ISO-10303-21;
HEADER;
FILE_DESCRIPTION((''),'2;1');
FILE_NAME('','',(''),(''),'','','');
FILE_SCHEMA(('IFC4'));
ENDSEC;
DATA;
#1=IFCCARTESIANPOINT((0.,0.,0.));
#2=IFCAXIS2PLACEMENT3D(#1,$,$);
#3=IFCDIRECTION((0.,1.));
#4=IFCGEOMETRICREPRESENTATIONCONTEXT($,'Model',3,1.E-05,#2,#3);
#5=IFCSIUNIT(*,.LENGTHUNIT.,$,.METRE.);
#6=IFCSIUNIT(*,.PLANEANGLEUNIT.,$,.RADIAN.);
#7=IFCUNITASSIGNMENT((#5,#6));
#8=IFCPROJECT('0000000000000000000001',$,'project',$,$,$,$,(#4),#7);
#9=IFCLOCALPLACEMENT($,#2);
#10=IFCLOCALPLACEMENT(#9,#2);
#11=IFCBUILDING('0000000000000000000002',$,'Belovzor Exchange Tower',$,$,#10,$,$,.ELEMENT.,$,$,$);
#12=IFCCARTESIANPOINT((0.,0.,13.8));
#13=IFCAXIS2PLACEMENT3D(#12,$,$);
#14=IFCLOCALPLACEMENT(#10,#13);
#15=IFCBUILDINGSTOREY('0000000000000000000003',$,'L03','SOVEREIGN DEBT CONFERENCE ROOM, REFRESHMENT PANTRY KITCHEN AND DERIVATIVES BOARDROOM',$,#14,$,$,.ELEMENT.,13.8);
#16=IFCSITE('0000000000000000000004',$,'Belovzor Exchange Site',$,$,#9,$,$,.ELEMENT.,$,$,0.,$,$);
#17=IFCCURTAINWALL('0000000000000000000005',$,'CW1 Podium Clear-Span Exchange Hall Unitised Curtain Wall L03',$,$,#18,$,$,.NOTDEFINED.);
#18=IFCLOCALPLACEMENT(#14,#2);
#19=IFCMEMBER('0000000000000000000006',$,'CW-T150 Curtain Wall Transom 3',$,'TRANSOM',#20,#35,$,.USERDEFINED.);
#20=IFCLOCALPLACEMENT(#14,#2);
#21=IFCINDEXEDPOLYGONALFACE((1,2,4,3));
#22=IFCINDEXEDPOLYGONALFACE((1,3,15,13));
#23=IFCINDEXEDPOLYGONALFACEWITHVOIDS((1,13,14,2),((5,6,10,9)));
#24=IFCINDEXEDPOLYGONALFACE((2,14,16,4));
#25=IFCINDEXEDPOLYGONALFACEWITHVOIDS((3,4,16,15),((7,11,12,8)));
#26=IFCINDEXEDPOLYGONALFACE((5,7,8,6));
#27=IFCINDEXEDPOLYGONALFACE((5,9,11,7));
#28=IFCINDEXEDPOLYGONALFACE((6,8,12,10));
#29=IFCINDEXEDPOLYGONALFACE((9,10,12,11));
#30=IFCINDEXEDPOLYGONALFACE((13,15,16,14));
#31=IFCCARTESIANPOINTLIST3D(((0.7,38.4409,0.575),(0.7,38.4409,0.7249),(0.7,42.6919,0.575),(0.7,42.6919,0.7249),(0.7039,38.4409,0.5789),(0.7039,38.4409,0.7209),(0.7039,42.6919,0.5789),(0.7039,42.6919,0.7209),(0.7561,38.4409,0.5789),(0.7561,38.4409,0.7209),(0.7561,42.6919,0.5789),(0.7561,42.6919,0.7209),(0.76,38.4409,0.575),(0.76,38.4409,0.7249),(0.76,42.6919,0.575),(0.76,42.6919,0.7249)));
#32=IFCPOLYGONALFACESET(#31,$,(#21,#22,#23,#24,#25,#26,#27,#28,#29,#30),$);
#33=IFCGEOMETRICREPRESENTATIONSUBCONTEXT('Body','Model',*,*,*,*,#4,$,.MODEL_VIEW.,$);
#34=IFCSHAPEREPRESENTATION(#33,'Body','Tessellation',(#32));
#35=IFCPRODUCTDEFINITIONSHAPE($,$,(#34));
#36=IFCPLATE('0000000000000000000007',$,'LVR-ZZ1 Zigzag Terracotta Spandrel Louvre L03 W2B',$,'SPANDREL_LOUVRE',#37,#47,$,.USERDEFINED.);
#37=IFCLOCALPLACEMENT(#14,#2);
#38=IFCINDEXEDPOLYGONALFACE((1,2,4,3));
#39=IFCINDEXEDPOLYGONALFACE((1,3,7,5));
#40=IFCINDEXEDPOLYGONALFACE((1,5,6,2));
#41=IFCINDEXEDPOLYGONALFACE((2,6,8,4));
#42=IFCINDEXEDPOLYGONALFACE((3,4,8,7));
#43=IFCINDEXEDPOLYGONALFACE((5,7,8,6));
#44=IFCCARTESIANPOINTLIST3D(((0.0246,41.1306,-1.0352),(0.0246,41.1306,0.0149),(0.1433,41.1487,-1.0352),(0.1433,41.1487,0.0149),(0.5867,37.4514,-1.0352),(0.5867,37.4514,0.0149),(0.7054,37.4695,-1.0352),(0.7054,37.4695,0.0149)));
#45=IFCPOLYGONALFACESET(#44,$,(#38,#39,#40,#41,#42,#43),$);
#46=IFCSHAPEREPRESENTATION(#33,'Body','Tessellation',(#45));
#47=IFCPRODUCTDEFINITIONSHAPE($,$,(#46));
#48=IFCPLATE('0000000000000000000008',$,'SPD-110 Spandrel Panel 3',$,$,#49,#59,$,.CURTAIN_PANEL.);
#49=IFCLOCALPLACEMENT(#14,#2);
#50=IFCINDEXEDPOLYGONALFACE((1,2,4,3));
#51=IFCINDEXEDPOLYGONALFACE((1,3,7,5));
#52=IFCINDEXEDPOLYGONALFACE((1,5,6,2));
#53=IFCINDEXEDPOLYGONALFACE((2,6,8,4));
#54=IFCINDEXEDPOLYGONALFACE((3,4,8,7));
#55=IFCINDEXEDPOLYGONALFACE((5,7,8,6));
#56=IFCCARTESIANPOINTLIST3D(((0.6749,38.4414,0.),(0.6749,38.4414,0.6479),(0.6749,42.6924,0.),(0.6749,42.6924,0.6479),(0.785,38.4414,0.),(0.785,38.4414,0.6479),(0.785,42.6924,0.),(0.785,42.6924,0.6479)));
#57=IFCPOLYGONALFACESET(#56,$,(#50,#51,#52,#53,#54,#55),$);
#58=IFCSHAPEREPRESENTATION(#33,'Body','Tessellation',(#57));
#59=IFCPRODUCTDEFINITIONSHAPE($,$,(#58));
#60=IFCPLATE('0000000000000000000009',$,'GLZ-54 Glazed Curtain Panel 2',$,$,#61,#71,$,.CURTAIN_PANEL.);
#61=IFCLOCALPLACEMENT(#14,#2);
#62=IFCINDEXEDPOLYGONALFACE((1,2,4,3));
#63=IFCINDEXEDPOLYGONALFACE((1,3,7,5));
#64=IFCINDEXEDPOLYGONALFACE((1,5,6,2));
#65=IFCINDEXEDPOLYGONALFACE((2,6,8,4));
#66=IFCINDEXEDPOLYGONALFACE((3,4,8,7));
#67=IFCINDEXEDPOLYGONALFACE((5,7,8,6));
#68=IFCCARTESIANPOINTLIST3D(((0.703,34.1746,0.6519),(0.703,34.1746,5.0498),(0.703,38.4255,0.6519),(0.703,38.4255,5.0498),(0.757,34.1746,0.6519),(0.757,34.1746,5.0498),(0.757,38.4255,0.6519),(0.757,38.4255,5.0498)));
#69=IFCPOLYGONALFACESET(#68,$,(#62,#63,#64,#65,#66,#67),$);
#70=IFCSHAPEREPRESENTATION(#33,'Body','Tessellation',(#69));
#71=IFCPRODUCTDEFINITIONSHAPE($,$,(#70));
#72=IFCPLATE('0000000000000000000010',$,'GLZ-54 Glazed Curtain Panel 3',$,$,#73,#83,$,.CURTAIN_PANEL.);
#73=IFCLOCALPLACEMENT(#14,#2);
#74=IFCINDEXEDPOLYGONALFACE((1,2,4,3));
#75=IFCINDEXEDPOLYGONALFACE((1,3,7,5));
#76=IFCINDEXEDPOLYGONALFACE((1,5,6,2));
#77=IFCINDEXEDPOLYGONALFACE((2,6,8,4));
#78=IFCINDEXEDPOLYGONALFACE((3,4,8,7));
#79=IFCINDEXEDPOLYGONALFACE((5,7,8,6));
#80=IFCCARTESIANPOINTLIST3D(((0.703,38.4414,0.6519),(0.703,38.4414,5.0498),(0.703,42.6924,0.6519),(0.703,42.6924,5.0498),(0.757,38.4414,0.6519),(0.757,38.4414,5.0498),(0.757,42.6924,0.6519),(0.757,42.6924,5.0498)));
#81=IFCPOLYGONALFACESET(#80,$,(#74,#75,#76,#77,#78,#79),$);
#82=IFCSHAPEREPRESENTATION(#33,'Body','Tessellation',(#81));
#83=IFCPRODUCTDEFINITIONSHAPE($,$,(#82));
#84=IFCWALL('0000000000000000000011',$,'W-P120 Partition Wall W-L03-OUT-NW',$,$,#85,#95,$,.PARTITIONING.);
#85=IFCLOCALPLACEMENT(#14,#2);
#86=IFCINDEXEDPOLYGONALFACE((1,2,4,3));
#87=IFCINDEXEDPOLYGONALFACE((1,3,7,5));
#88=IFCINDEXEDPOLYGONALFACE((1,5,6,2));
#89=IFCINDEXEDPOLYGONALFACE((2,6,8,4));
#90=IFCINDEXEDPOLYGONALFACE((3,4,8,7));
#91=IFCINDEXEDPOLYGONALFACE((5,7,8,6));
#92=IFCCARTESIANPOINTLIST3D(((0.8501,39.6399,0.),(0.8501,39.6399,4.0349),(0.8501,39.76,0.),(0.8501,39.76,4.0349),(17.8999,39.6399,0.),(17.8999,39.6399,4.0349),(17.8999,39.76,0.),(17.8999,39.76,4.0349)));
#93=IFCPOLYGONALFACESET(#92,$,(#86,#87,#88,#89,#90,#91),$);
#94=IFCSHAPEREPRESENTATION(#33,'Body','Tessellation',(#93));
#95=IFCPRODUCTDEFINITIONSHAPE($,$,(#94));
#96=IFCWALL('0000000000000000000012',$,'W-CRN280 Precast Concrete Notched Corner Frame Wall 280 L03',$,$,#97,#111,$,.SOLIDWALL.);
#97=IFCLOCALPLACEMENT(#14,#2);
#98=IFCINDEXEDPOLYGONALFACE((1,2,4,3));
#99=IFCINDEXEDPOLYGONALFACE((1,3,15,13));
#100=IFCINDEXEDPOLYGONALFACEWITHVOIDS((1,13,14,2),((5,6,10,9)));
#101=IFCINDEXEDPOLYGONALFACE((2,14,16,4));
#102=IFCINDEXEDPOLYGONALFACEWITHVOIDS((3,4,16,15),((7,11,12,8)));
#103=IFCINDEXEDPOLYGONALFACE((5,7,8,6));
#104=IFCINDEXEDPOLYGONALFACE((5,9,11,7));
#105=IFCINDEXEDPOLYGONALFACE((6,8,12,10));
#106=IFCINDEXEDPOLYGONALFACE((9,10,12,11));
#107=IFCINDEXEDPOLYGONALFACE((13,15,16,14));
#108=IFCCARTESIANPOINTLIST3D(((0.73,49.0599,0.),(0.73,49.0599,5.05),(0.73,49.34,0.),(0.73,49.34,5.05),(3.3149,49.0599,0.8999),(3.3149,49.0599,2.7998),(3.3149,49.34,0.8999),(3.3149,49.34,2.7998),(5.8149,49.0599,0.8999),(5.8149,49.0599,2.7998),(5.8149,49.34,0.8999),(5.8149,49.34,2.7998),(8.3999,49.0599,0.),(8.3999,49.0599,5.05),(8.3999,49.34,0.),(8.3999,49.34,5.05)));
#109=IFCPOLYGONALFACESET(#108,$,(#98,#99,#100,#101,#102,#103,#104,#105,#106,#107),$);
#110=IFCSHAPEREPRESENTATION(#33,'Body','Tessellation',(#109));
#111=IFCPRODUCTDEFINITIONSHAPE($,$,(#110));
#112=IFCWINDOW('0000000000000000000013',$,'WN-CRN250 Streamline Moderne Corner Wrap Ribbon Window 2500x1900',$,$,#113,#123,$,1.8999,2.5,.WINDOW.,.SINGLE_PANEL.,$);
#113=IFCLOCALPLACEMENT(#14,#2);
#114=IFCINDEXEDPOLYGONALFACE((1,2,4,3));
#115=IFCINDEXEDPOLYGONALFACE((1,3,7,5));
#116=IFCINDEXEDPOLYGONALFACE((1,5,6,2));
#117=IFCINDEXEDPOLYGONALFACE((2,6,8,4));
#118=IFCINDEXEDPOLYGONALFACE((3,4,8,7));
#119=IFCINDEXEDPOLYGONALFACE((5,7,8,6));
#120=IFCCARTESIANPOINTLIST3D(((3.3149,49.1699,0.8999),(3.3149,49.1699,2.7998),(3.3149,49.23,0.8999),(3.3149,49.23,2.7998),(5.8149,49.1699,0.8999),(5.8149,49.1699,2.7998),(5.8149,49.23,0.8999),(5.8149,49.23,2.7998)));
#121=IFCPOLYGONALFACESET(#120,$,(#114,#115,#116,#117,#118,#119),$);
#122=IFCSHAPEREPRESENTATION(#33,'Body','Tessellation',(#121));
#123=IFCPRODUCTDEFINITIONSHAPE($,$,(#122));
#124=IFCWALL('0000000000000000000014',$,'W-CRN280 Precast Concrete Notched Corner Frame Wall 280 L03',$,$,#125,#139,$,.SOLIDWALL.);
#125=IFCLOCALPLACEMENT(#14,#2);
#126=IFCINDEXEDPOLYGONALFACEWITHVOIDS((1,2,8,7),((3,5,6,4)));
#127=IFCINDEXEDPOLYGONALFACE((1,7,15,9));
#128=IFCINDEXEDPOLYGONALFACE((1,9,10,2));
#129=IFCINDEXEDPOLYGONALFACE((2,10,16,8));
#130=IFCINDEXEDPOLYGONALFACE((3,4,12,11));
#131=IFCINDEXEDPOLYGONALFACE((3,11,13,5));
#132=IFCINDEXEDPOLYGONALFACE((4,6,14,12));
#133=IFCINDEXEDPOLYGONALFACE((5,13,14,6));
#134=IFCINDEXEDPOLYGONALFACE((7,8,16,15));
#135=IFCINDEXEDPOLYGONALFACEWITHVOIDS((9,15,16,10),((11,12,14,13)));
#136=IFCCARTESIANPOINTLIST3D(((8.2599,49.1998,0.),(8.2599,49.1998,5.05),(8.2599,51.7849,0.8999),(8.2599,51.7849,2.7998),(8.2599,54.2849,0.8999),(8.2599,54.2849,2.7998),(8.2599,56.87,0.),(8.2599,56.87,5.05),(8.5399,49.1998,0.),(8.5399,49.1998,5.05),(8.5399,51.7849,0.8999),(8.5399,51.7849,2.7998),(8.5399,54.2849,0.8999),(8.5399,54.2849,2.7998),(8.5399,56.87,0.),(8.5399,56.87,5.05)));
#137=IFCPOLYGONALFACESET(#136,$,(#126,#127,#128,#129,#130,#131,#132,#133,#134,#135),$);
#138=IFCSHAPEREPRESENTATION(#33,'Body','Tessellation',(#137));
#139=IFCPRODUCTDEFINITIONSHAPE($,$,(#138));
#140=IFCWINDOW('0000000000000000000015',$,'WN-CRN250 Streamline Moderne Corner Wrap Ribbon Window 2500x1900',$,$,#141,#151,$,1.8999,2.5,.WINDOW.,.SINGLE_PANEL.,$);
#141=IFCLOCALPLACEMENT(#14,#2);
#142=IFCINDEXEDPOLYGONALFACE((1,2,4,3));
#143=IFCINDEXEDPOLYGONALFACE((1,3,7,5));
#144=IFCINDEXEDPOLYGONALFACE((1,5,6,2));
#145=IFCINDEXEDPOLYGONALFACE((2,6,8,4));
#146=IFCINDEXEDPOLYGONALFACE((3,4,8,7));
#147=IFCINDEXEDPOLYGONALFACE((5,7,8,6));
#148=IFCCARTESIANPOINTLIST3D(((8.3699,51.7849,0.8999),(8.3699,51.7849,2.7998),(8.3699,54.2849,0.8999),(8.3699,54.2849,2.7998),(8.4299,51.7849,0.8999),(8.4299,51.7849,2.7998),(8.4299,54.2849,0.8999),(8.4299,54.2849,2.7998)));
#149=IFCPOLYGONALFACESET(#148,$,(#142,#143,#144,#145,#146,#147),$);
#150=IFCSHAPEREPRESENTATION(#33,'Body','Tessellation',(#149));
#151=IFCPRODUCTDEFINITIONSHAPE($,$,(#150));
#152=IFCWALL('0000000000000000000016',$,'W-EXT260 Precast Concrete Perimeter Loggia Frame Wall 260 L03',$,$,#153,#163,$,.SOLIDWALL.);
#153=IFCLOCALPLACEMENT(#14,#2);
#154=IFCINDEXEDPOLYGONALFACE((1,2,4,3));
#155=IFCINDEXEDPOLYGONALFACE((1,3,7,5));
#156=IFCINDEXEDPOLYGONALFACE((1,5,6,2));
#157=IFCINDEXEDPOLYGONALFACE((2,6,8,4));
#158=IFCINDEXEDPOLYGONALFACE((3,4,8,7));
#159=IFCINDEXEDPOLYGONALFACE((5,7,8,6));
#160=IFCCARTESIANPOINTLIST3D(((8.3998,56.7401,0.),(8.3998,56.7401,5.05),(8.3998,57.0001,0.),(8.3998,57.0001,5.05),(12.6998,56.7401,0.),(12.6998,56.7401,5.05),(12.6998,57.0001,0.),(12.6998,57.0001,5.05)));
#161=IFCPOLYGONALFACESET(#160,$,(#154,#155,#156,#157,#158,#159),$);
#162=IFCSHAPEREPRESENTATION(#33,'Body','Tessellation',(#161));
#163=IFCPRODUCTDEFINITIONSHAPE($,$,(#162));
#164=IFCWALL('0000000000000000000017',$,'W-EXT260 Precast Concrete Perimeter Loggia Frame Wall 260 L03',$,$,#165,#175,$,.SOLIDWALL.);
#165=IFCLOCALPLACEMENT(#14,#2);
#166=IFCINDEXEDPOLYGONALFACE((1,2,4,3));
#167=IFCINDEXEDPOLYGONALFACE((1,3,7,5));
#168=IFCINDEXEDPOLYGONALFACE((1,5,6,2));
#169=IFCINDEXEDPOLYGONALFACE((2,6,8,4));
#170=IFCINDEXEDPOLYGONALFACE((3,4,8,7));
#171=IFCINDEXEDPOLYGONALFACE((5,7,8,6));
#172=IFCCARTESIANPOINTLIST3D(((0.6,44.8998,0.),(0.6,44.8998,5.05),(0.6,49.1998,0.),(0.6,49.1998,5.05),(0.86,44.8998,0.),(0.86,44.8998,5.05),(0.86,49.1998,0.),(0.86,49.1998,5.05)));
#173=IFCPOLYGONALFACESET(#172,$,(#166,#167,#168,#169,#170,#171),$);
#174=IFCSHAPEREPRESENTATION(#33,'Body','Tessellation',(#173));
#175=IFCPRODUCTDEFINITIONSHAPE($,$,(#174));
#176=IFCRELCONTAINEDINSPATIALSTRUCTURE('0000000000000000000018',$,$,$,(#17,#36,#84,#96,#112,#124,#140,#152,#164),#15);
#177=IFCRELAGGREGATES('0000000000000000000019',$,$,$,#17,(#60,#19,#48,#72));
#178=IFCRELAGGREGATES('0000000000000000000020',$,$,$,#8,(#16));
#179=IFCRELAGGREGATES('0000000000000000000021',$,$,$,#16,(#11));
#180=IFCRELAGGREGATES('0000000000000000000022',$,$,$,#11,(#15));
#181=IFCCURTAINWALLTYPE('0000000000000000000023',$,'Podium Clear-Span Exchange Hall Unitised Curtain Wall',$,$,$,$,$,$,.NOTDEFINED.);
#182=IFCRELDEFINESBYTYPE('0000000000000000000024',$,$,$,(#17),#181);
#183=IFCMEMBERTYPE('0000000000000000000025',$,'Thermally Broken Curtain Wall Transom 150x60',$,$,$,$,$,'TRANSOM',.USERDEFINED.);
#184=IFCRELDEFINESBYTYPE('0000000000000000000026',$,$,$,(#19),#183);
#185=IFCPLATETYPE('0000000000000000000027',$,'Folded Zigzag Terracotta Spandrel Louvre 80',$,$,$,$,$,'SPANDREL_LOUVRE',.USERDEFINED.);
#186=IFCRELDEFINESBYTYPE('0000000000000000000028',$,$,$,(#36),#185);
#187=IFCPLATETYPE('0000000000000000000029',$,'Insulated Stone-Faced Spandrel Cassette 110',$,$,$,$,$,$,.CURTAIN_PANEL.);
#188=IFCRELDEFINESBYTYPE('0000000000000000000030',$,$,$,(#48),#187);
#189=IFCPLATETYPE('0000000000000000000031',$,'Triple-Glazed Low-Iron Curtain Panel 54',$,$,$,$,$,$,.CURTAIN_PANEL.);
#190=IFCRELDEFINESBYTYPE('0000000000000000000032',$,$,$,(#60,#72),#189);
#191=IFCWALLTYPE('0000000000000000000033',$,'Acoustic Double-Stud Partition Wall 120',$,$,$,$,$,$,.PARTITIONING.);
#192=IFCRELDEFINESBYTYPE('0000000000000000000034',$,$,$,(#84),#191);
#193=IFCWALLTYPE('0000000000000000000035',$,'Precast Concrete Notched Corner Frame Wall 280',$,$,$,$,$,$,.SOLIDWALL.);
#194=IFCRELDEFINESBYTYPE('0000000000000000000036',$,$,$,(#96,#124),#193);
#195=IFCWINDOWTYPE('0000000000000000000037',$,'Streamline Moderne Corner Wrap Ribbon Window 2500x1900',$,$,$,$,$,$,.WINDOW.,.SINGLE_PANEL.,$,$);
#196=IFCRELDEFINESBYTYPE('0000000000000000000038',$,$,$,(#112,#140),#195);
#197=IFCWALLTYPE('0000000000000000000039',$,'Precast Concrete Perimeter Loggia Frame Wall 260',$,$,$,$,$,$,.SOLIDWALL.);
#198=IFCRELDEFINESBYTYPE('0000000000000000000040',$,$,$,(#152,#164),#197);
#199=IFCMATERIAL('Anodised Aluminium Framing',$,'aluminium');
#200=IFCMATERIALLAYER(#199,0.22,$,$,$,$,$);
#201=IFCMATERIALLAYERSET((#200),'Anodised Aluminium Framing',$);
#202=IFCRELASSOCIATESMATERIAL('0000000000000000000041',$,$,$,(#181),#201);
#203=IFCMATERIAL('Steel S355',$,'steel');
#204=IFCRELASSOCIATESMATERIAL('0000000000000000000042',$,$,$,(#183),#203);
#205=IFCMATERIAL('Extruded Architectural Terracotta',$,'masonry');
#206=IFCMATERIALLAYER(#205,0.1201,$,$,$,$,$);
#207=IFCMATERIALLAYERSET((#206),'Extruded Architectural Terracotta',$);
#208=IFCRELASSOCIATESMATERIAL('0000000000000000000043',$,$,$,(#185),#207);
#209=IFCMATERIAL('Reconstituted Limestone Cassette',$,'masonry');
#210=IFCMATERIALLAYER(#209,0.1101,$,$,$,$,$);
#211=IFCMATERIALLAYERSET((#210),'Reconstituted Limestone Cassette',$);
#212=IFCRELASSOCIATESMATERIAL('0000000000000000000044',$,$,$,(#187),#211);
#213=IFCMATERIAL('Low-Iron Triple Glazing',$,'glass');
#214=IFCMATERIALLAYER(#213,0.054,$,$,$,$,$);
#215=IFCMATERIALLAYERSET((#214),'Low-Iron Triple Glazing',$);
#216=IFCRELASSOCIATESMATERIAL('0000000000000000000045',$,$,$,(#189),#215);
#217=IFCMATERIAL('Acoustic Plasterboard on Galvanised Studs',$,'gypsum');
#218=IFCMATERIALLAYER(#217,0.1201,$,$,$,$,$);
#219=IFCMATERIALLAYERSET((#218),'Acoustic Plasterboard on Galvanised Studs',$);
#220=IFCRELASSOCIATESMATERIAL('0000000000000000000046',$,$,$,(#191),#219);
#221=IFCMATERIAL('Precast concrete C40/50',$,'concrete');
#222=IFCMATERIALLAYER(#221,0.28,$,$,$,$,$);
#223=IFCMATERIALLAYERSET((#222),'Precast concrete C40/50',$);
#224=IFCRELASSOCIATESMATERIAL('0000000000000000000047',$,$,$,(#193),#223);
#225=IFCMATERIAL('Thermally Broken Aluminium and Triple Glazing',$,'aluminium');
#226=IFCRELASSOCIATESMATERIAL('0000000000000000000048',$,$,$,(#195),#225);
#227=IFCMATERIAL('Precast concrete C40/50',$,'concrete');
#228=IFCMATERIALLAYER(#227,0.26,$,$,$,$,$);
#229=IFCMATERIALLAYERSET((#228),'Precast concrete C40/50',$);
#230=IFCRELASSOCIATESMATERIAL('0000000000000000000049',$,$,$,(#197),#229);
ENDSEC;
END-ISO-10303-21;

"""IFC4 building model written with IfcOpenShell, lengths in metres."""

from ifc_helpers import new_model, si_unit, direction, frame, frame_2d, origin, origin_2d, place, context, subcontext, project, spatial, rectangle, hollow_rectangle, extrude, material, layer, layer_set, material_profile, profile_set, type_object, element, fill, aggregate, save


model = new_model("IFC4")

# Units and contexts
model_context = context("Model", 3, precision=1e-05, world=origin(), true_north=direction((0.0, 1.0)))
body_context = subcontext(model_context, "Body", "Model", "MODEL_VIEW")
ifc_project = project(units=[si_unit("LENGTHUNIT", "METRE"), si_unit("PLANEANGLEUNIT", "RADIAN")], contexts=[model_context])

# Site, building, storey
site_placement = place(None, origin())
site = spatial("IfcSite", under=ifc_project, at=site_placement, Name="Belovzor Exchange Site", CompositionType="ELEMENT", RefElevation=0.0)
building_placement = place(site_placement, origin())
building = spatial("IfcBuilding", under=site, at=building_placement, Name="Belovzor Exchange Tower", CompositionType="ELEMENT")
storey_placement = place(building_placement, frame((0.0, 0.0, 13.8)))
storey = spatial("IfcBuildingStorey", under=building, at=storey_placement, Name="L03", Description="SOVEREIGN DEBT CONFERENCE ROOM, REFRESHMENT PANTRY KITCHEN AND DERIVATIVES BOARDROOM", CompositionType="ELEMENT", Elevation=13.8)

# Shared definitions
ifc_material_1 = material(Name="Anodised Aluminium Framing", Category="aluminium")
ifc_layer_1 = layer(ifc_material_1, 0.22)
ifc_layer_set_1 = layer_set([ifc_layer_1], Name="Anodised Aluminium Framing")
curtain_wall_type = type_object("IfcCurtainWallType", Name="Podium Clear-Span Exchange Hall Unitised Curtain Wall", PredefinedType="NOTDEFINED", material=ifc_layer_set_1)

# Curtain wall
curtain_wall_1_placement = place(storey_placement, origin())
curtain_wall_1 = element("IfcCurtainWall", 1, at=curtain_wall_1_placement, inside=storey, type_object=curtain_wall_type, Name="CW1 Podium Clear-Span Exchange Hall Unitised Curtain Wall L03", PredefinedType="NOTDEFINED")

# Member
ifc_material_2 = material(Name="Steel S355", Category="steel")
ifc_material_profile_1 = material_profile(ifc_material_2, hollow_rectangle(XDim=0.0601, YDim=0.1499, WallThickness=0.0039, at=origin_2d()))
ifc_profile_set_1 = profile_set([ifc_material_profile_1], Name="Steel S355")
member_type_1 = type_object("IfcMemberType", Name="Thermally Broken Curtain Wall Transom 150x60", ElementType="TRANSOM", PredefinedType="USERDEFINED", material=ifc_profile_set_1)
member_1_placement = place(storey_placement, frame((0.73, 38.4409, 0.6499), z_axis=(0.0, 1.0, 0.0), x_axis=(-1.0, 0.0, 0.0)))
member_1 = element("IfcMember", 2, at=member_1_placement, type_object=member_type_1, Name="CW-T150 Curtain Wall Transom 3", ObjectType="TRANSOM", PredefinedType="USERDEFINED", context=body_context, shape_type="SweptSolid", body=[
    extrude(hollow_rectangle(XDim=0.0601, YDim=0.1499, WallThickness=0.0039, at=origin_2d()), origin(), (0.0, 0.0, 1.0), 4.251),
])

# Plates
ifc_material_3 = material(Name="Extruded Architectural Terracotta", Category="masonry")
ifc_layer_2 = layer(ifc_material_3, 0.1201)
ifc_layer_set_2 = layer_set([ifc_layer_2], Name="Extruded Architectural Terracotta")
plate_type_1 = type_object("IfcPlateType", Name="Folded Zigzag Terracotta Spandrel Louvre 80", ElementType="SPANDREL_LOUVRE", PredefinedType="USERDEFINED", material=ifc_layer_set_2)
plate_1_placement = place(storey_placement, frame((0.365, 39.3, -1.0352), z_axis=(0.0, 0.0, 1.0), x_axis=(-0.151019, 0.988531, 0.0)))
element("IfcPlate", 3, at=plate_1_placement, inside=storey, type_object=plate_type_1, Name="LVR-ZZ1 Zigzag Terracotta Spandrel Louvre L03 W2B", ObjectType="SPANDREL_LOUVRE", PredefinedType="USERDEFINED", context=body_context, shape_type="SweptSolid", body=[
    extrude(rectangle(XDim=3.7219, YDim=0.1201, at=origin_2d()), origin(), (0.0, 0.0, 1.0), 1.05),
])
ifc_material_4 = material(Name="Reconstituted Limestone Cassette", Category="masonry")
ifc_layer_3 = layer(ifc_material_4, 0.1101)
ifc_layer_set_3 = layer_set([ifc_layer_3], Name="Reconstituted Limestone Cassette")
plate_type_2 = type_object("IfcPlateType", Name="Insulated Stone-Faced Spandrel Cassette 110", PredefinedType="CURTAIN_PANEL", material=ifc_layer_set_3)
plate_2_placement = place(storey_placement, frame((0.73, 40.5669, 0.0), z_axis=(0.0, 0.0, 1.0), x_axis=(0.0, 1.0, 0.0)))
plate_2 = element("IfcPlate", 4, at=plate_2_placement, type_object=plate_type_2, Name="SPD-110 Spandrel Panel 3", PredefinedType="CURTAIN_PANEL", context=body_context, shape_type="SweptSolid", body=[
    extrude(rectangle(XDim=4.251, YDim=0.1101, at=origin_2d()), origin(), (0.0, 0.0, 1.0), 0.6479),
])
ifc_material_5 = material(Name="Low-Iron Triple Glazing", Category="glass")
ifc_layer_4 = layer(ifc_material_5, 0.054)
ifc_layer_set_4 = layer_set([ifc_layer_4], Name="Low-Iron Triple Glazing")
plate_type_3 = type_object("IfcPlateType", Name="Triple-Glazed Low-Iron Curtain Panel 54", PredefinedType="CURTAIN_PANEL", material=ifc_layer_set_4)
plate_3_placement = place(storey_placement, frame((0.73, 36.3, 0.6519), z_axis=(0.0, 0.0, 1.0), x_axis=(0.0, 1.0, 0.0)))
plate_3 = element("IfcPlate", 5, at=plate_3_placement, type_object=plate_type_3, Name="GLZ-54 Glazed Curtain Panel 2", PredefinedType="CURTAIN_PANEL", context=body_context, shape_type="SweptSolid", body=[
    extrude(rectangle(XDim=4.251, YDim=0.054, at=origin_2d()), origin(), (0.0, 0.0, 1.0), 4.3979),
])
plate_4_placement = place(storey_placement, frame((0.73, 40.5669, 0.6519), z_axis=(0.0, 0.0, 1.0), x_axis=(0.0, 1.0, 0.0)))
plate_4 = element("IfcPlate", 6, at=plate_4_placement, type_object=plate_type_3, Name="GLZ-54 Glazed Curtain Panel 3", PredefinedType="CURTAIN_PANEL", context=body_context, shape_type="SweptSolid", body=[
    extrude(rectangle(XDim=4.251, YDim=0.054, at=origin_2d()), origin(), (0.0, 0.0, 1.0), 4.3979),
])
aggregate(curtain_wall_1, [plate_3, member_1, plate_2, plate_4])

# Wall
ifc_material_6 = material(Name="Acoustic Plasterboard on Galvanised Studs", Category="gypsum")
ifc_layer_5 = layer(ifc_material_6, 0.1201)
ifc_layer_set_5 = layer_set([ifc_layer_5], Name="Acoustic Plasterboard on Galvanised Studs")
wall_type_1 = type_object("IfcWallType", Name="Acoustic Double-Stud Partition Wall 120", PredefinedType="PARTITIONING", material=ifc_layer_set_5)
wall_1_placement = place(storey_placement, frame((0.8501, 39.7, 0.0), z_axis=(0.0, 0.0, 1.0), x_axis=(1.0, 0.0, 0.0)))
element("IfcWall", 7, at=wall_1_placement, inside=storey, type_object=wall_type_1, Name="W-P120 Partition Wall W-L03-OUT-NW", PredefinedType="PARTITIONING", context=body_context, shape_type="SweptSolid", body=[
    extrude(rectangle(XDim=17.0498, YDim=0.1201, at=frame_2d((8.5249, 0.0))), origin(), (0.0, 0.0, 1.0), 4.0349),
])

# Walls, openings, windows
ifc_material_7 = material(Name="Precast concrete C40/50", Category="concrete")
ifc_layer_6 = layer(ifc_material_7, 0.28)
ifc_layer_set_6 = layer_set([ifc_layer_6], Name="Precast concrete C40/50")
wall_type_2 = type_object("IfcWallType", Name="Precast Concrete Notched Corner Frame Wall 280", PredefinedType="SOLIDWALL", material=ifc_layer_set_6)
wall_2_placement = place(storey_placement, frame((0.73, 49.2, 0.0), z_axis=(0.0, 0.0, 1.0), x_axis=(1.0, 0.0, 0.0)))
wall_2 = element("IfcWall", 8, at=wall_2_placement, inside=storey, type_object=wall_type_2, Name="W-CRN280 Precast Concrete Notched Corner Frame Wall 280 L03", PredefinedType="SOLIDWALL", context=body_context, shape_type="SweptSolid", body=[
    extrude(rectangle(XDim=7.6699, YDim=0.28, at=frame_2d((3.835, 0.0))), origin(), (0.0, 0.0, 1.0), 5.05),
])
opening_1_placement = place(wall_2_placement, frame((2.585, 0.0, 0.8999)))
opening_1 = element("IfcOpeningElement", 9, at=opening_1_placement, cuts=wall_2, PredefinedType="OPENING", context=body_context, shape_type="SweptSolid", body=[
    extrude(rectangle(XDim=2.5, YDim=1.8999, at=frame_2d((1.25, 0.95))), frame((0.0, 0.1499, 0.0), z_axis=(0.0, -1.0, 0.0), x_axis=(1.0, 0.0, 0.0)), (0.0, 0.0, 1.0), 0.3),
])
ifc_material_8 = material(Name="Thermally Broken Aluminium and Triple Glazing", Category="aluminium")
window_type = type_object("IfcWindowType", Name="Streamline Moderne Corner Wrap Ribbon Window 2500x1900", PartitioningType="SINGLE_PANEL", PredefinedType="WINDOW", material=ifc_material_8)
window_1_placement = place(opening_1_placement, origin())
window_1 = element("IfcWindow", 10, at=window_1_placement, inside=storey, type_object=window_type, Name="WN-CRN250 Streamline Moderne Corner Wrap Ribbon Window 2500x1900", OverallHeight=1.8999, OverallWidth=2.5, PartitioningType="SINGLE_PANEL", PredefinedType="WINDOW", context=body_context, shape_type="SweptSolid", body=[
    extrude(rectangle(XDim=2.5, YDim=1.8999, at=frame_2d((1.25, 0.95))), frame((0.0, 0.03, 0.0), z_axis=(0.0, -1.0, 0.0), x_axis=(1.0, 0.0, 0.0)), (0.0, 0.0, 1.0), 0.0601),
])
fill(opening_1, window_1)
wall_3_placement = place(storey_placement, frame((8.3999, 49.2, 0.0), z_axis=(0.0, 0.0, 1.0), x_axis=(0.0, 1.0, 0.0)))
wall_3 = element("IfcWall", 11, at=wall_3_placement, inside=storey, type_object=wall_type_2, Name="W-CRN280 Precast Concrete Notched Corner Frame Wall 280 L03", PredefinedType="SOLIDWALL", context=body_context, shape_type="SweptSolid", body=[
    extrude(rectangle(XDim=7.6702, YDim=0.28, at=frame_2d((3.835, 0.0))), origin(), (0.0, 0.0, 1.0), 5.05),
])
opening_2_placement = place(wall_3_placement, frame((2.585, 0.0, 0.8999)))
opening_2 = element("IfcOpeningElement", 12, at=opening_2_placement, cuts=wall_3, PredefinedType="OPENING", context=body_context, shape_type="SweptSolid", body=[
    extrude(rectangle(XDim=2.5, YDim=1.8999, at=frame_2d((1.25, 0.95))), frame((0.0, 0.1499, 0.0), z_axis=(0.0, -1.0, 0.0), x_axis=(1.0, 0.0, 0.0)), (0.0, 0.0, 1.0), 0.3),
])
window_2_placement = place(opening_2_placement, origin())
window_2 = element("IfcWindow", 13, at=window_2_placement, inside=storey, type_object=window_type, Name="WN-CRN250 Streamline Moderne Corner Wrap Ribbon Window 2500x1900", OverallHeight=1.8999, OverallWidth=2.5, PartitioningType="SINGLE_PANEL", PredefinedType="WINDOW", context=body_context, shape_type="SweptSolid", body=[
    extrude(rectangle(XDim=2.5, YDim=1.8999, at=frame_2d((1.25, 0.95))), frame((0.0, 0.03, 0.0), z_axis=(0.0, -1.0, 0.0), x_axis=(1.0, 0.0, 0.0)), (0.0, 0.0, 1.0), 0.0601),
])
fill(opening_2, window_2)

# Walls
ifc_material_9 = material(Name="Precast concrete C40/50", Category="concrete")
ifc_layer_7 = layer(ifc_material_9, 0.26)
ifc_layer_set_7 = layer_set([ifc_layer_7], Name="Precast concrete C40/50")
wall_type_3 = type_object("IfcWallType", Name="Precast Concrete Perimeter Loggia Frame Wall 260", PredefinedType="SOLIDWALL", material=ifc_layer_set_7)
for number, where, z_axis, x_axis, name in (
    (14, (8.3999, 56.8701, 0.0), (0.0, 0.0, 1.0), (1.0, 0.0, 0.0), "W-EXT260 Precast Concrete Perimeter Loggia Frame Wall 260 L03"),
    (15, (0.73, 44.8999, 0.0), (0.0, 0.0, 1.0), (0.0, 1.0, 0.0), "W-EXT260 Precast Concrete Perimeter Loggia Frame Wall 260 L03"),
):
    element("IfcWall", number, at=place(storey_placement, frame(where, z_axis=z_axis, x_axis=x_axis)), inside=storey, type_object=wall_type_3, Name=name, PredefinedType="SOLIDWALL", context=body_context, shape_type="SweptSolid", body=[
        extrude(rectangle(XDim=4.3, YDim=0.26, at=frame_2d((2.1499, 0.0))), origin(), (0.0, 0.0, 1.0), 5.05),
    ])

save(model, "model.ifc")
